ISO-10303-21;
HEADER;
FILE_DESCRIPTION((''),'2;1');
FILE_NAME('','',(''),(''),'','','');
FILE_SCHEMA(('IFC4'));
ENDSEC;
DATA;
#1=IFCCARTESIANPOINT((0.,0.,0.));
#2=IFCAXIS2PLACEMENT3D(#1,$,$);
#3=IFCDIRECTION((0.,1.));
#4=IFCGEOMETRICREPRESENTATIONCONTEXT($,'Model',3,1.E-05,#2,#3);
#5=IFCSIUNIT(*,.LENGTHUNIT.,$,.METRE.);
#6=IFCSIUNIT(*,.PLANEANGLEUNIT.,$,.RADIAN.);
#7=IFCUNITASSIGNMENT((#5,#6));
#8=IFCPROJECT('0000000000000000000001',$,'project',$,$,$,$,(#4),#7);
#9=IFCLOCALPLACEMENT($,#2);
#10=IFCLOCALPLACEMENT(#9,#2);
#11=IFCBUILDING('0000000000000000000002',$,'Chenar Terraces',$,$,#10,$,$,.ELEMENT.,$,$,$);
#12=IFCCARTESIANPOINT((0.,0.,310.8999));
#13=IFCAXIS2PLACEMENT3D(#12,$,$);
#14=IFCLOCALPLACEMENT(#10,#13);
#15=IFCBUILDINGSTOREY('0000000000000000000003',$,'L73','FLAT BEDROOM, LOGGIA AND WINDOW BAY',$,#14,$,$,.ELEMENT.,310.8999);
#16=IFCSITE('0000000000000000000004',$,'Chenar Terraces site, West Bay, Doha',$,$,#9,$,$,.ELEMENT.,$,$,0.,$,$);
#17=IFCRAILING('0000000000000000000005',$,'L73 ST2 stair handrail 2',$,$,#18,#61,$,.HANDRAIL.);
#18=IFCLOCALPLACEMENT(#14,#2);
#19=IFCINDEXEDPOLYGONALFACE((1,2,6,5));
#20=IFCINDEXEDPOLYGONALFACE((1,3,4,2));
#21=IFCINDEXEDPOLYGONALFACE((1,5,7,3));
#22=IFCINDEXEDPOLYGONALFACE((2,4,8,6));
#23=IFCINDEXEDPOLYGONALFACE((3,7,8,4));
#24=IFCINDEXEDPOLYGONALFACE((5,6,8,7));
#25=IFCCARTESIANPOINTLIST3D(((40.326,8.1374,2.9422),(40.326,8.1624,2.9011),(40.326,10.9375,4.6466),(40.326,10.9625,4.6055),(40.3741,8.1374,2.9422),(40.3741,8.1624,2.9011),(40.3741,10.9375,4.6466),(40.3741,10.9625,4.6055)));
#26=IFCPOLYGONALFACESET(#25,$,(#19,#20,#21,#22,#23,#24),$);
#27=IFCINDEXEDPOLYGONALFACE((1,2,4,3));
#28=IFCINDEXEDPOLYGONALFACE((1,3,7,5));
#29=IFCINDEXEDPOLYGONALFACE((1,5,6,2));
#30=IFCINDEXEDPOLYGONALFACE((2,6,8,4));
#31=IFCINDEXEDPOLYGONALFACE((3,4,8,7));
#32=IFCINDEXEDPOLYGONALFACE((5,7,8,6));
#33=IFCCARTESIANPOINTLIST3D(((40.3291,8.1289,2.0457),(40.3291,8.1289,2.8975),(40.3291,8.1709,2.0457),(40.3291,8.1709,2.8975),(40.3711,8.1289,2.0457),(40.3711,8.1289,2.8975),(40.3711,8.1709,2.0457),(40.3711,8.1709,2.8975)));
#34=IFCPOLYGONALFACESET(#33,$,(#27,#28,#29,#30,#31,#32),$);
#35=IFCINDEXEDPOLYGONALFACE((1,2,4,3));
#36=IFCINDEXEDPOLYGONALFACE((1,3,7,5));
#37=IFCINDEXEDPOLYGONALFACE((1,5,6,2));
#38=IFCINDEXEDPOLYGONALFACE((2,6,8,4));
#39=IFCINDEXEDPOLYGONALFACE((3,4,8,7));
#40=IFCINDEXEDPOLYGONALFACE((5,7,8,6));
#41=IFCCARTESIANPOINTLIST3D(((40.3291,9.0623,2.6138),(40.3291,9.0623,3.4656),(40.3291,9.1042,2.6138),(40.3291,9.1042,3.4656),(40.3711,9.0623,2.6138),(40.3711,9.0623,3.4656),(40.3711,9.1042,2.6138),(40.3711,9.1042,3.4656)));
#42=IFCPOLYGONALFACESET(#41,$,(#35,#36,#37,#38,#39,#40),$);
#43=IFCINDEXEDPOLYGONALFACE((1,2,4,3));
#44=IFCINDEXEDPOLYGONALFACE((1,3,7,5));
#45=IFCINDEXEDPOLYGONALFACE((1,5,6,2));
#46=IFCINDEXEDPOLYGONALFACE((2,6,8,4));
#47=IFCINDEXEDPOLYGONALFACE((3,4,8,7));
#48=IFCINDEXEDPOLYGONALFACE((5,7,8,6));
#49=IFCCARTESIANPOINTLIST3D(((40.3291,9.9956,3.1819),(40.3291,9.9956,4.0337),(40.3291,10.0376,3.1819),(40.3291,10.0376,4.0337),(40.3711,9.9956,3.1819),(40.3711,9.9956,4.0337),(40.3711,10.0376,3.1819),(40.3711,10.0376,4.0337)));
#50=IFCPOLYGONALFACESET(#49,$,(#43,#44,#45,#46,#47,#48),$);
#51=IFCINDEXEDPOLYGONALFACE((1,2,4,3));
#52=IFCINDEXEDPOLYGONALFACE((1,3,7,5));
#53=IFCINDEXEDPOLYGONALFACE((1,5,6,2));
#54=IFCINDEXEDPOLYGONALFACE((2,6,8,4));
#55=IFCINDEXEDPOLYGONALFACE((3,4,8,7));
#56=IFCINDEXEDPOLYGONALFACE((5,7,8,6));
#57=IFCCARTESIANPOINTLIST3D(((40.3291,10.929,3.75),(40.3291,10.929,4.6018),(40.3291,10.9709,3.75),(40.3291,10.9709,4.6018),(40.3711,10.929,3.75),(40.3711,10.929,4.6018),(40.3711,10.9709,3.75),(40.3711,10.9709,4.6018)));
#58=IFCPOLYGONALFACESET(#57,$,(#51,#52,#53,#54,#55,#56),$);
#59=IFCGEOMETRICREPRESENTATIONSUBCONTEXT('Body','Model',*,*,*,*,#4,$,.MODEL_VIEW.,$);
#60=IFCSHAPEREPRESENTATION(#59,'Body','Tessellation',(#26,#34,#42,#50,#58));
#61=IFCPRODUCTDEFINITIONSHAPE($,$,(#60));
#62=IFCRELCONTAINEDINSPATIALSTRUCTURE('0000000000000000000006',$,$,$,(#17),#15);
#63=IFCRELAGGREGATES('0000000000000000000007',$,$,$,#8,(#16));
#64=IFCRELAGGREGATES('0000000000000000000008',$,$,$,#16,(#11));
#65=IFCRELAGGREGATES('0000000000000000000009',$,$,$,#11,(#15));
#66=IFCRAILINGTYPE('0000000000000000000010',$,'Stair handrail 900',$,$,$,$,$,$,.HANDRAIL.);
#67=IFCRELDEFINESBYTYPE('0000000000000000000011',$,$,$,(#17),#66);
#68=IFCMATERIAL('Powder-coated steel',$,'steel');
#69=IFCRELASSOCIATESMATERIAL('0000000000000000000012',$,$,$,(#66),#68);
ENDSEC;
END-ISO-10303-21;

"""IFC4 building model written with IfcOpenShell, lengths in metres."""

from ifc_helpers import new_model, si_unit, direction, frame, origin, origin_2d, place, context, subcontext, project, spatial, rectangle, extrude, material, type_object, element, save


model = new_model("IFC4")

# Units and contexts
model_context = context("Model", 3, precision=1e-05, world=origin(), true_north=direction((0.0, 1.0)))
body_context = subcontext(model_context, "Body", "Model", "MODEL_VIEW")
ifc_project = project(units=[si_unit("LENGTHUNIT", "METRE"), si_unit("PLANEANGLEUNIT", "RADIAN")], contexts=[model_context])

# Site, building, storey
site_placement = place(None, origin())
site = spatial("IfcSite", under=ifc_project, at=site_placement, Name="Chenar Terraces site, West Bay, Doha", CompositionType="ELEMENT", RefElevation=0.0)
building_placement = place(site_placement, origin())
building = spatial("IfcBuilding", under=site, at=building_placement, Name="Chenar Terraces", CompositionType="ELEMENT")
storey_placement = place(building_placement, frame((0.0, 0.0, 310.8999)))
storey = spatial("IfcBuildingStorey", under=building, at=storey_placement, Name="L73", Description="FLAT BEDROOM, LOGGIA AND WINDOW BAY", CompositionType="ELEMENT", Elevation=310.8999)

# Railing
ifc_material_1 = material(Name="Powder-coated steel", Category="steel")
railing_type_1 = type_object("IfcRailingType", Name="Stair handrail 900", PredefinedType="HANDRAIL", material=ifc_material_1)
railing_1_placement = place(storey_placement, frame((40.3501, 8.1499, 2.0457)))
element("IfcRailing", 1, at=railing_1_placement, inside=storey, type_object=railing_type_1, Name="L73 ST2 stair handrail 2", PredefinedType="HANDRAIL", context=body_context, shape_type="SweptSolid", body=[
    extrude(rectangle(XDim=0.0481, YDim=0.0481, at=origin_2d()), frame((0.0, 0.0, 0.876), z_axis=(0.0, 0.854203, 0.51994), x_axis=(-1.0, 0.0, 0.0)), (0.0, 0.0, 1.0), 3.2781),
    extrude(rectangle(XDim=0.042, YDim=0.042, at=origin_2d()), origin(), (0.0, 0.0, 1.0), 0.8518),
    extrude(rectangle(XDim=0.042, YDim=0.042, at=origin_2d()), frame((0.0, 0.9333, 0.5681)), (0.0, 0.0, 1.0), 0.8518),
    extrude(rectangle(XDim=0.042, YDim=0.042, at=origin_2d()), frame((0.0, 1.8667, 1.1362)), (0.0, 0.0, 1.0), 0.8518),
    extrude(rectangle(XDim=0.042, YDim=0.042, at=origin_2d()), frame((0.0, 2.8, 1.7043)), (0.0, 0.0, 1.0), 0.8518),
])

save(model, "model.ifc")
